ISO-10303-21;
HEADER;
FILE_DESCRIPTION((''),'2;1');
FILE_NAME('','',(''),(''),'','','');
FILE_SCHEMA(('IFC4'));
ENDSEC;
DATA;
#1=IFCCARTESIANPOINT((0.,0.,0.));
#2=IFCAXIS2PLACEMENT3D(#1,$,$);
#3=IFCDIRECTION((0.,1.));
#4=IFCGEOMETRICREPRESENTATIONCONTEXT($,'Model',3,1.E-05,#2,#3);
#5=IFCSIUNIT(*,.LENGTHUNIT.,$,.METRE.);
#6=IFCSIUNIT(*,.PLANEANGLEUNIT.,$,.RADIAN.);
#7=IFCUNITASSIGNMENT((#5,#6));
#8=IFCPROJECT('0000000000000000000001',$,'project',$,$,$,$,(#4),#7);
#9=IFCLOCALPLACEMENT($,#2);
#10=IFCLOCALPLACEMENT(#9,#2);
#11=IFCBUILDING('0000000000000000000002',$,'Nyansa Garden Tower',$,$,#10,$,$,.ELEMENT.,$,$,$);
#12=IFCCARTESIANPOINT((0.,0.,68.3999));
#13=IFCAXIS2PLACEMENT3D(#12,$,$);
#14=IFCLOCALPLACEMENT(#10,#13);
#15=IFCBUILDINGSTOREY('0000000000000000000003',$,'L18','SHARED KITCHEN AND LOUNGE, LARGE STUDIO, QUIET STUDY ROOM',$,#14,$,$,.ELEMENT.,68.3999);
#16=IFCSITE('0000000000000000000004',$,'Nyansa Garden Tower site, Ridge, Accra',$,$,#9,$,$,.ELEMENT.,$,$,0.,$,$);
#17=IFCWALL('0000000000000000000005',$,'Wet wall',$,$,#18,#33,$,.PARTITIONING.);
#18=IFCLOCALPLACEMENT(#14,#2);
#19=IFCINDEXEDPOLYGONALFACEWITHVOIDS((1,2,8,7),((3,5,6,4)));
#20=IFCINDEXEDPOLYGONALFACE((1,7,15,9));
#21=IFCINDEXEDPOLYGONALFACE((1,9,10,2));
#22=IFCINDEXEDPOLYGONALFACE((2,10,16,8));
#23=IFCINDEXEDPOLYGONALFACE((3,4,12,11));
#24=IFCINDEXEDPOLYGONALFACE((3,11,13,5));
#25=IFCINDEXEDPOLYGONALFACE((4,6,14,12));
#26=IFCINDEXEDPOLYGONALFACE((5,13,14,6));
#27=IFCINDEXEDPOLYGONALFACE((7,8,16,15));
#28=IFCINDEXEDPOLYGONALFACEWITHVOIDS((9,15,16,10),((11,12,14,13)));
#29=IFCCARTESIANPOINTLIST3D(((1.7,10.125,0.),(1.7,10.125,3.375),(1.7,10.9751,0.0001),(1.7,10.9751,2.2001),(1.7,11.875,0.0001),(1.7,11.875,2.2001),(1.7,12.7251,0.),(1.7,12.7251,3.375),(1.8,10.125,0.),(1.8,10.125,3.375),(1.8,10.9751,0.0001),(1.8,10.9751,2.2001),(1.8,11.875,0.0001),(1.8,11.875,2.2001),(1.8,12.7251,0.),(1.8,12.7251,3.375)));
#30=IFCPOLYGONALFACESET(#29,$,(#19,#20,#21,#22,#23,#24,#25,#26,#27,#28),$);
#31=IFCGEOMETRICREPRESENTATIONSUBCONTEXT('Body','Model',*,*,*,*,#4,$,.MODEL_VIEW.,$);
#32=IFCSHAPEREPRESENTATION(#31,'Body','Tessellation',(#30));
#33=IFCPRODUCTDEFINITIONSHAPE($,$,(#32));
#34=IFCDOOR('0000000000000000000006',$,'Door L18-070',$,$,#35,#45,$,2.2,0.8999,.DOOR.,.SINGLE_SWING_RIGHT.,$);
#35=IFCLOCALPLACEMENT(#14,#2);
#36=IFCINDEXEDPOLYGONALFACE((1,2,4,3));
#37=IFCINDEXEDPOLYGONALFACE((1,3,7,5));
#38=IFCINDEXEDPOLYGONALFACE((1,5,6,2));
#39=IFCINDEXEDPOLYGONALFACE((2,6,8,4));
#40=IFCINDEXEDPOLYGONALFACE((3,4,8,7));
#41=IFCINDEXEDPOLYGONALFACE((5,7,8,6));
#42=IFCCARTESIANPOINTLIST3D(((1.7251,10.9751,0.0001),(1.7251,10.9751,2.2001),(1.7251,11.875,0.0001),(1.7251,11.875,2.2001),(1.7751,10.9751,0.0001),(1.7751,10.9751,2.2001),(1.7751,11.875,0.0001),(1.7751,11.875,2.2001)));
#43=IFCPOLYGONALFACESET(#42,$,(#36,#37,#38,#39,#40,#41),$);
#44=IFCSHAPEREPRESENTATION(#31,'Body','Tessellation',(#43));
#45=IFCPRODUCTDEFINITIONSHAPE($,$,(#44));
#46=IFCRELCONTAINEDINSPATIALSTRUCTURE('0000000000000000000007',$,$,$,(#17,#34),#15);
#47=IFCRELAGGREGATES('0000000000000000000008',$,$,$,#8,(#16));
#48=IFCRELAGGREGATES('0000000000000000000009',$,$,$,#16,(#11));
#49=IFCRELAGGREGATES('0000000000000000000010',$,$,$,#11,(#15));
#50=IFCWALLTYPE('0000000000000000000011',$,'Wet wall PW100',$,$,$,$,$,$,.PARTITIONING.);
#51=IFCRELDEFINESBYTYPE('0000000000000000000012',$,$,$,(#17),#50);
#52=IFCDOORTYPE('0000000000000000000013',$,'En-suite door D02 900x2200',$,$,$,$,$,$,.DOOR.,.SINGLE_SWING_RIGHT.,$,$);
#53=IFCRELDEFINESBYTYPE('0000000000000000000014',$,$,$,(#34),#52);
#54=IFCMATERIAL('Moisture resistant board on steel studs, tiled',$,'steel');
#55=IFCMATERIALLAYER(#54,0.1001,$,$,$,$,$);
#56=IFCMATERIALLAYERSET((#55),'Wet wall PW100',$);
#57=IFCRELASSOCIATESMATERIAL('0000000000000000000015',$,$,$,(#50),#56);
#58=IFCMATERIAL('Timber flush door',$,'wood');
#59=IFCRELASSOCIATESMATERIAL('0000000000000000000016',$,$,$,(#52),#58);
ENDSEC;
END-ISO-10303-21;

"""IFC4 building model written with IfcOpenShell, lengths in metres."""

from ifc_helpers import new_model, si_unit, direction, frame, frame_2d, origin, place, context, subcontext, project, spatial, rectangle, extrude, material, layer, layer_set, type_object, element, fill, save


model = new_model("IFC4")

# Units and contexts
model_context = context("Model", 3, precision=1e-05, world=origin(), true_north=direction((0.0, 1.0)))
body_context = subcontext(model_context, "Body", "Model", "MODEL_VIEW")
ifc_project = project(units=[si_unit("LENGTHUNIT", "METRE"), si_unit("PLANEANGLEUNIT", "RADIAN")], contexts=[model_context])

# Site, building, storey
site_placement = place(None, origin())
site = spatial("IfcSite", under=ifc_project, at=site_placement, Name="Nyansa Garden Tower site, Ridge, Accra", CompositionType="ELEMENT", RefElevation=0.0)
building_placement = place(site_placement, origin())
building = spatial("IfcBuilding", under=site, at=building_placement, Name="Nyansa Garden Tower", CompositionType="ELEMENT")
storey_placement = place(building_placement, frame((0.0, 0.0, 68.3999)))
storey = spatial("IfcBuildingStorey", under=building, at=storey_placement, Name="L18", Description="SHARED KITCHEN AND LOUNGE, LARGE STUDIO, QUIET STUDY ROOM", CompositionType="ELEMENT", Elevation=68.3999)

# Wall, opening, door
ifc_material_1 = material(Name="Moisture resistant board on steel studs, tiled", Category="steel")
ifc_layer_1 = layer(ifc_material_1, 0.1001)
ifc_layer_set_1 = layer_set([ifc_layer_1], Name="Wet wall PW100")
wall_type_1 = type_object("IfcWallType", Name="Wet wall PW100", PredefinedType="PARTITIONING", material=ifc_layer_set_1)
wall_1_placement = place(storey_placement, frame((1.75, 10.125, 0.0), z_axis=(0.0, 0.0, 1.0), x_axis=(0.0, 1.0, 0.0)))
wall_1 = element("IfcWall", 1, at=wall_1_placement, inside=storey, type_object=wall_type_1, Name="Wet wall", PredefinedType="PARTITIONING", context=body_context, shape_type="SweptSolid", body=[
    extrude(rectangle(XDim=2.6001, YDim=0.1001, at=frame_2d((1.3, 0.0))), origin(), (0.0, 0.0, 1.0), 3.375),
])
opening_1_placement = place(wall_1_placement, frame((0.8501, 0.0, 0.0)))
opening_1 = element("IfcOpeningElement", 2, at=opening_1_placement, cuts=wall_1, PredefinedType="OPENING", context=body_context, shape_type="SweptSolid", body=[
    extrude(rectangle(XDim=0.8999, YDim=2.2, at=frame_2d((0.45, 1.1001))), frame((0.0, 0.0601, 0.0), z_axis=(0.0, -1.0, 0.0), x_axis=(1.0, 0.0, 0.0)), (0.0, 0.0, 1.0), 0.1201),
])
ifc_material_2 = material(Name="Timber flush door", Category="wood")
door_type_1 = type_object("IfcDoorType", Name="En-suite door D02 900x2200", OperationType="SINGLE_SWING_RIGHT", PredefinedType="DOOR", material=ifc_material_2)
door_1_placement = place(opening_1_placement, origin())
door_1 = element("IfcDoor", 3, at=door_1_placement, inside=storey, type_object=door_type_1, Name="Door L18-070", OperationType="SINGLE_SWING_RIGHT", OverallHeight=2.2, OverallWidth=0.8999, PredefinedType="DOOR", context=body_context, shape_type="SweptSolid", body=[
    extrude(rectangle(XDim=0.8999, YDim=2.2, at=frame_2d((0.45, 1.1001))), frame((0.0, 0.0249, 0.0), z_axis=(0.0, -1.0, 0.0), x_axis=(1.0, 0.0, 0.0)), (0.0, 0.0, 1.0), 0.05),
])
fill(opening_1, door_1)

save(model, "model.ifc")
